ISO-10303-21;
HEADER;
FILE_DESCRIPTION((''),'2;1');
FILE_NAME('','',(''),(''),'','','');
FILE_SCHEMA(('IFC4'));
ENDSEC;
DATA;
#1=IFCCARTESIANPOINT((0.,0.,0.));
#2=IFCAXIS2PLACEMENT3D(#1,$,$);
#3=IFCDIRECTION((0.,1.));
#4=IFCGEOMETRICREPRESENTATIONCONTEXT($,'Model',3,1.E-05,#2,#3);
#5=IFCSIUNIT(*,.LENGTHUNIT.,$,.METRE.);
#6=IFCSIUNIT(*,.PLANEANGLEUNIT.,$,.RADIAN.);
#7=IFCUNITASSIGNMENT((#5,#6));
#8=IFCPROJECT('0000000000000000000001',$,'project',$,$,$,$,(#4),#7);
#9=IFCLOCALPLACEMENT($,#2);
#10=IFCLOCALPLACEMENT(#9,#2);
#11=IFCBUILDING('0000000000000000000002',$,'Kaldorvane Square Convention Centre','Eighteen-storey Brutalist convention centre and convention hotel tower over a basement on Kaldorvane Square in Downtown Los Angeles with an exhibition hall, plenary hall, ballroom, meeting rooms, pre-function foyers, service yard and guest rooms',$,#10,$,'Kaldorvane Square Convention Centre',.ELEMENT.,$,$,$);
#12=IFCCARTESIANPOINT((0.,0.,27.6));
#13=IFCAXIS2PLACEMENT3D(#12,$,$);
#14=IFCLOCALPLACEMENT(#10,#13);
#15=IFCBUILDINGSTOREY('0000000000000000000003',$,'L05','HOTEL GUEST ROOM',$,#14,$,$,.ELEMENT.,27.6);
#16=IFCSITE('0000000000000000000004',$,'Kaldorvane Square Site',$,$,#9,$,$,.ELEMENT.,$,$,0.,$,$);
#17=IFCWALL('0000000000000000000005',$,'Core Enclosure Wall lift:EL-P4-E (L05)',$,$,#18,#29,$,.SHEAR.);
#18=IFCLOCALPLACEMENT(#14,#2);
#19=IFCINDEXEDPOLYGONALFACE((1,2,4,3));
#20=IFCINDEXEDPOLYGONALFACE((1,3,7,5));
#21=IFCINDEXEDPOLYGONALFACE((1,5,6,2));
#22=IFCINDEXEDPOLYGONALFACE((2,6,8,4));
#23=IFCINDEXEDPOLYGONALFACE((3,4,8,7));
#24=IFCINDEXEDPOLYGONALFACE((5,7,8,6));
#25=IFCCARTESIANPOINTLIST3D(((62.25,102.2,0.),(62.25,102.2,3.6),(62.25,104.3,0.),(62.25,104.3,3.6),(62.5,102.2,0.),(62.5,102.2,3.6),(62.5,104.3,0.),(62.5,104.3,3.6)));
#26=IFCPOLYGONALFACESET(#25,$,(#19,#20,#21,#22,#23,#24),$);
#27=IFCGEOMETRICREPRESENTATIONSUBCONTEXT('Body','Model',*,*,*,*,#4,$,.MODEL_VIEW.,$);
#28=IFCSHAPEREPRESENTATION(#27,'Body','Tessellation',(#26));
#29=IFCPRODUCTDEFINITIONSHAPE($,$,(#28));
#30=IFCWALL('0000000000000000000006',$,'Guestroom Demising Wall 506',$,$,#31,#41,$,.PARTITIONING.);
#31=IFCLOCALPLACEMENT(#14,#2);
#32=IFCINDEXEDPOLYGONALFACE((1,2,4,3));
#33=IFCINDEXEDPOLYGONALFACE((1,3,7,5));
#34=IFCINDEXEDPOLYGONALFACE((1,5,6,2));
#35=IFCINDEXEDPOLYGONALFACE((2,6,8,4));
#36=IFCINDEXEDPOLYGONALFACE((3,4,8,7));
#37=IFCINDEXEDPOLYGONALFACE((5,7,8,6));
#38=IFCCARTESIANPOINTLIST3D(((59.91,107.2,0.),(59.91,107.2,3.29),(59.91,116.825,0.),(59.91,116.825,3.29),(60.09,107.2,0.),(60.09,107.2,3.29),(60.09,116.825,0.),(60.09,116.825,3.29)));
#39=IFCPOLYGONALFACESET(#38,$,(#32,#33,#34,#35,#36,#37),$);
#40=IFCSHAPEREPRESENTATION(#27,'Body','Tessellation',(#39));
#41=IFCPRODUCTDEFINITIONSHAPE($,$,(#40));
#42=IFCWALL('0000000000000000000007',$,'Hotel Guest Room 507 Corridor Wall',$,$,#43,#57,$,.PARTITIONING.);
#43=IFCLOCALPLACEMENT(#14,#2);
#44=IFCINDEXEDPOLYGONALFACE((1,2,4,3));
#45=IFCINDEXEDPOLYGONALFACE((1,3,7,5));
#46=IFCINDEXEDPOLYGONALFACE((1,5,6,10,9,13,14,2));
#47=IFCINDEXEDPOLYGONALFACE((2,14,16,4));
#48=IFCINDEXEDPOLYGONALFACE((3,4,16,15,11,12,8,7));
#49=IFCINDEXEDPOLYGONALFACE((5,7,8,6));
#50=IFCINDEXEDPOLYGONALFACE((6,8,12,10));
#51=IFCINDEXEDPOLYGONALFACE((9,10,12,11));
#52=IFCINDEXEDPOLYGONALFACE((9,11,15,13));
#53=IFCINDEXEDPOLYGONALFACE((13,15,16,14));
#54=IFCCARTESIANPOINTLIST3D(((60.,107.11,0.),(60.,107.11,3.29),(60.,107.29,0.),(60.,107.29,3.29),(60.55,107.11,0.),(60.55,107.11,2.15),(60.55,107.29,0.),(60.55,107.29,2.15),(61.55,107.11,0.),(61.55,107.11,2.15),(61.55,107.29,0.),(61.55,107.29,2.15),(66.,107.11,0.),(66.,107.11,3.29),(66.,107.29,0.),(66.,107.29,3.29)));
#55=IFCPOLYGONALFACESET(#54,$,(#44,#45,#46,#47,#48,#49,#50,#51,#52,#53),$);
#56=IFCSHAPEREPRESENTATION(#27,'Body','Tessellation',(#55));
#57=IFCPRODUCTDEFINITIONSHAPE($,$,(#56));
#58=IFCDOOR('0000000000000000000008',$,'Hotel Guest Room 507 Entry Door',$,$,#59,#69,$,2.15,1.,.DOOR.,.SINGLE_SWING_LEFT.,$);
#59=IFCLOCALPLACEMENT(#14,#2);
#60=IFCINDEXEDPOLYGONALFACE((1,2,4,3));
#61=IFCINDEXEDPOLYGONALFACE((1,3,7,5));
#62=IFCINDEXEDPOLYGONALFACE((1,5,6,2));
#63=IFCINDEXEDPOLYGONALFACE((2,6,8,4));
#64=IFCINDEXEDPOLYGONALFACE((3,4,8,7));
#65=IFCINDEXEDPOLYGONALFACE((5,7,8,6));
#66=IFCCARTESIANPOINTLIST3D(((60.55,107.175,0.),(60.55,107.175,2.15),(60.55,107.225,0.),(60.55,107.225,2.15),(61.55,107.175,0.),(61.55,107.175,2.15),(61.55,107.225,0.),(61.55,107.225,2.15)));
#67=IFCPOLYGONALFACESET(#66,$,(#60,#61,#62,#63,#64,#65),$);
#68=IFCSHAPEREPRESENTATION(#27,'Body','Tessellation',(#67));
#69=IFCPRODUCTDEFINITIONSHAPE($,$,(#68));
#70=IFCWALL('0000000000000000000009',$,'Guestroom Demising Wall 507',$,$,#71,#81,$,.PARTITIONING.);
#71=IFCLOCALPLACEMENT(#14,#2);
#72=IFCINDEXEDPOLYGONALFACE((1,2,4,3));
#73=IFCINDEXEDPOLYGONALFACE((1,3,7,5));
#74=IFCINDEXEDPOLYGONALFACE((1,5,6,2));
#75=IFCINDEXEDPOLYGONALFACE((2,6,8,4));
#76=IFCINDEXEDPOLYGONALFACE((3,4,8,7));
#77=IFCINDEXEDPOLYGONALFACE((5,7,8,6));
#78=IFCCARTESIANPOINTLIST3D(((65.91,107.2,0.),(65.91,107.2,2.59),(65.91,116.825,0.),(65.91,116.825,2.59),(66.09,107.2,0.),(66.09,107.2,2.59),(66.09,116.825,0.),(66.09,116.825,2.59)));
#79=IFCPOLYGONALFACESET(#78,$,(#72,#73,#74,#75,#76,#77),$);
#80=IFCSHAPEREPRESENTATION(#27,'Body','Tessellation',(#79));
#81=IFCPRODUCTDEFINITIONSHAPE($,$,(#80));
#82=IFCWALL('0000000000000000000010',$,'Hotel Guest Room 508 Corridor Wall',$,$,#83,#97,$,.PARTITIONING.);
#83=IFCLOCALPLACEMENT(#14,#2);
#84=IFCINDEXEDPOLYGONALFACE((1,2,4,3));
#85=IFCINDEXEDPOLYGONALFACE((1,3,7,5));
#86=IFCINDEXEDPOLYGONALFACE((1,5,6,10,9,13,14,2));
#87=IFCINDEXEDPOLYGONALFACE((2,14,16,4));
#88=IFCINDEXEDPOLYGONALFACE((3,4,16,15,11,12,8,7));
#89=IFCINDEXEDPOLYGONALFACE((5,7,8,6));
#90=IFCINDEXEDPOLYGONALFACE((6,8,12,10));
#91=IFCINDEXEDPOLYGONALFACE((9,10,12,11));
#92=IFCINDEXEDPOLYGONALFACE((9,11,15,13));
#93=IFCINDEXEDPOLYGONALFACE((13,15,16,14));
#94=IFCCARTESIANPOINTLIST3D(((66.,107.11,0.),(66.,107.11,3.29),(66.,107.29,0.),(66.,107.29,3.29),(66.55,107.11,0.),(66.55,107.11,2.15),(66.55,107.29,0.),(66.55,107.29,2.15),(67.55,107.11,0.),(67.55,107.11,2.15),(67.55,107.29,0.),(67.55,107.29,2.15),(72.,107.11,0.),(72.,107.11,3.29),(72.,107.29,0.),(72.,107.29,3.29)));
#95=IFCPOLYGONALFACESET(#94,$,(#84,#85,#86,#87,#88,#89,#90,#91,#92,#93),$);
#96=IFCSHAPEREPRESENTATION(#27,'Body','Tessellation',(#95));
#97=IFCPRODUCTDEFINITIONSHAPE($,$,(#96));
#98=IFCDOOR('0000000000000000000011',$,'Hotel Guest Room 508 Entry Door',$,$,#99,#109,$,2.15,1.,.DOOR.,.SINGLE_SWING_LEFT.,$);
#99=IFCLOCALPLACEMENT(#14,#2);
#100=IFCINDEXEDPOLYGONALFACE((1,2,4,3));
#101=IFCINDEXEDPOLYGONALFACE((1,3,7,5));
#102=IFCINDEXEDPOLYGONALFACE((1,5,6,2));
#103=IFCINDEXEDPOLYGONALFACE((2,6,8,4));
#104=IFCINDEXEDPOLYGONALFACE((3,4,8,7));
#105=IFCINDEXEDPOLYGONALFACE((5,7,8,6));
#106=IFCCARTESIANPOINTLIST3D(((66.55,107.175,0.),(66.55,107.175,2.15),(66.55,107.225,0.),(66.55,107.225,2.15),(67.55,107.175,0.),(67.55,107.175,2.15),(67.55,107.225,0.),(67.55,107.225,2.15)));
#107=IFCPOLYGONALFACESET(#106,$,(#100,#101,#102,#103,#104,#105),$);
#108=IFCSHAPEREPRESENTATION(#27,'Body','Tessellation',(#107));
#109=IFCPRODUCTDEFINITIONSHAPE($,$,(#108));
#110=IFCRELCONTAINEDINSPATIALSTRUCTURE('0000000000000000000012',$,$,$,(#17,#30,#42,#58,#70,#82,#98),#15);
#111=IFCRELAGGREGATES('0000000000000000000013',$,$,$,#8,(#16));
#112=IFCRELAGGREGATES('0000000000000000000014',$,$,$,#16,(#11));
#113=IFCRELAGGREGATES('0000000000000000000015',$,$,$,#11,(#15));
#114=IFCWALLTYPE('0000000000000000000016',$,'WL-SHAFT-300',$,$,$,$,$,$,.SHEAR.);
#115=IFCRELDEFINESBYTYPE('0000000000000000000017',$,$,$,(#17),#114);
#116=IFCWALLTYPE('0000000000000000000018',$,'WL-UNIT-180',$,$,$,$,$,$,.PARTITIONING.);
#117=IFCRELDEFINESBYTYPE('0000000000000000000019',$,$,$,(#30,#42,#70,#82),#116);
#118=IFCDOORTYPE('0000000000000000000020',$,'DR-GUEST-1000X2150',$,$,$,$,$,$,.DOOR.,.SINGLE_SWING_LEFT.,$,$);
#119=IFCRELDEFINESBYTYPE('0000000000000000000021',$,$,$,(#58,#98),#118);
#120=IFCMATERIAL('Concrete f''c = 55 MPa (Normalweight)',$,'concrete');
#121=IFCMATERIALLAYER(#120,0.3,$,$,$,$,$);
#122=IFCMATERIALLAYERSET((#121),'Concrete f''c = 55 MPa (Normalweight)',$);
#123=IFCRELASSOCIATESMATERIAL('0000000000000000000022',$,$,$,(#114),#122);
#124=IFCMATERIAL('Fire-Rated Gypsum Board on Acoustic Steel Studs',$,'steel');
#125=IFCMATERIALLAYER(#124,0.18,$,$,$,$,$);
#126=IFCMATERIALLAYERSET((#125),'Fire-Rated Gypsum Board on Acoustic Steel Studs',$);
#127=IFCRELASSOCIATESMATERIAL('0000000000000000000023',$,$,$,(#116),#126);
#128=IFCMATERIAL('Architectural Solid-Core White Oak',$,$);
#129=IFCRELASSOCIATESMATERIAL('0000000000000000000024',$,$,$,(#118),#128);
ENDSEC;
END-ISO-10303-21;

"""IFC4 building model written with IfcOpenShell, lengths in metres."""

from ifc_helpers import new_model, si_unit, direction, frame, frame_2d, origin, place, context, subcontext, project, spatial, rectangle, extrude, material, layer, layer_set, type_object, element, fill, save


model = new_model("IFC4")

# Units and contexts
model_context = context("Model", 3, precision=1e-05, world=origin(), true_north=direction((0.0, 1.0)))
body_context = subcontext(model_context, "Body", "Model", "MODEL_VIEW")
ifc_project = project(units=[si_unit("LENGTHUNIT", "METRE"), si_unit("PLANEANGLEUNIT", "RADIAN")], contexts=[model_context])

# Site, building, storey
site_placement = place(None, origin())
site = spatial("IfcSite", under=ifc_project, at=site_placement, Name="Kaldorvane Square Site", CompositionType="ELEMENT", RefElevation=0.0)
building_placement = place(site_placement, origin())
building = spatial("IfcBuilding", under=site, at=building_placement, Name="Kaldorvane Square Convention Centre", Description="Eighteen-storey Brutalist convention centre and convention hotel tower over a basement on Kaldorvane Square in Downtown Los Angeles with an exhibition hall, plenary hall, ballroom, meeting rooms, pre-function foyers, service yard and guest rooms", LongName="Kaldorvane Square Convention Centre", CompositionType="ELEMENT")
storey_placement = place(building_placement, frame((0.0, 0.0, 27.6)))
storey = spatial("IfcBuildingStorey", under=building, at=storey_placement, Name="L05", Description="HOTEL GUEST ROOM", CompositionType="ELEMENT", Elevation=27.6)

# Shared definitions
ifc_material_1 = material(Name="Concrete f'c = 55 MPa (Normalweight)", Category="concrete")

# Shared definitions
ifc_material_2 = material(Name="Fire-Rated Gypsum Board on Acoustic Steel Studs", Category="steel")
ifc_material_3 = material(Name="Architectural Solid-Core White Oak")

# Walls
ifc_layer_1 = layer(ifc_material_1, 0.3)
ifc_layer_set_1 = layer_set([ifc_layer_1], Name="Concrete f'c = 55 MPa (Normalweight)")
wall_type_1 = type_object("IfcWallType", Name="WL-SHAFT-300", PredefinedType="SHEAR", material=ifc_layer_set_1)
for number, where, z_axis, x_axis, name in (
    (1, (62.375, 102.2, 0.0), (0.0, 0.0, 1.0), (0.0, 1.0, 0.0), "Core Enclosure Wall lift:EL-P4-E (L05)"),
):
    element("IfcWall", number, at=place(storey_placement, frame(where, z_axis=z_axis, x_axis=x_axis)), inside=storey, type_object=wall_type_1, Name=name, PredefinedType="SHEAR", context=body_context, shape_type="SweptSolid", body=[
        extrude(rectangle(XDim=2.1, YDim=0.25, at=frame_2d((1.05, 0.0))), origin(), (0.0, 0.0, 1.0), 3.6),
    ])
ifc_layer_2 = layer(ifc_material_2, 0.18)
ifc_layer_set_2 = layer_set([ifc_layer_2], Name="Fire-Rated Gypsum Board on Acoustic Steel Studs")
wall_type_2 = type_object("IfcWallType", Name="WL-UNIT-180", PredefinedType="PARTITIONING", material=ifc_layer_set_2)
wall_1_placement = place(storey_placement, frame((60.0, 107.2, 0.0), z_axis=(0.0, 0.0, 1.0), x_axis=(0.0, 1.0, 0.0)))
element("IfcWall", 2, at=wall_1_placement, inside=storey, type_object=wall_type_2, Name="Guestroom Demising Wall 506", PredefinedType="PARTITIONING", context=body_context, shape_type="SweptSolid", body=[
    extrude(rectangle(XDim=9.625, YDim=0.18, at=frame_2d((4.8125, 0.0))), origin(), (0.0, 0.0, 1.0), 3.29),
])

# Wall, opening, door
wall_2_placement = place(storey_placement, frame((60.0, 107.2, 0.0), z_axis=(0.0, 0.0, 1.0), x_axis=(1.0, 0.0, 0.0)))
wall_2 = element("IfcWall", 3, at=wall_2_placement, inside=storey, type_object=wall_type_2, Name="Hotel Guest Room 507 Corridor Wall", PredefinedType="PARTITIONING", context=body_context, shape_type="SweptSolid", body=[
    extrude(rectangle(XDim=6.0, YDim=0.18, at=frame_2d((3.0, 0.0))), origin(), (0.0, 0.0, 1.0), 3.29),
])
opening_1_placement = place(wall_2_placement, frame((0.55, 0.0, 0.0)))
opening_1 = element("IfcOpeningElement", 4, at=opening_1_placement, cuts=wall_2, PredefinedType="OPENING", context=body_context, shape_type="SweptSolid", body=[
    extrude(rectangle(XDim=1.0, YDim=2.15, at=frame_2d((0.5, 1.075))), frame((0.0, 0.105, 0.0), z_axis=(0.0, -1.0, 0.0), x_axis=(1.0, 0.0, 0.0)), (0.0, 0.0, 1.0), 0.21),
])
door_type_1 = type_object("IfcDoorType", Name="DR-GUEST-1000X2150", OperationType="SINGLE_SWING_LEFT", PredefinedType="DOOR", material=ifc_material_3)
door_1_placement = place(opening_1_placement, origin())
door_1 = element("IfcDoor", 5, at=door_1_placement, inside=storey, type_object=door_type_1, Name="Hotel Guest Room 507 Entry Door", OperationType="SINGLE_SWING_LEFT", OverallHeight=2.15, OverallWidth=1.0, PredefinedType="DOOR", context=body_context, shape_type="SweptSolid", body=[
    extrude(rectangle(XDim=1.0, YDim=2.15, at=frame_2d((0.5, 1.075))), frame((0.0, 0.025, 0.0), z_axis=(0.0, -1.0, 0.0), x_axis=(1.0, 0.0, 0.0)), (0.0, 0.0, 1.0), 0.05),
])
fill(opening_1, door_1)

# Wall
wall_3_placement = place(storey_placement, frame((66.0, 107.2, 0.0), z_axis=(0.0, 0.0, 1.0), x_axis=(0.0, 1.0, 0.0)))
element("IfcWall", 6, at=wall_3_placement, inside=storey, type_object=wall_type_2, Name="Guestroom Demising Wall 507", PredefinedType="PARTITIONING", context=body_context, shape_type="SweptSolid", body=[
    extrude(rectangle(XDim=9.625, YDim=0.18, at=frame_2d((4.8125, 0.0))), origin(), (0.0, 0.0, 1.0), 2.59),
])

# Wall, opening, door
wall_4_placement = place(storey_placement, frame((66.0, 107.2, 0.0), z_axis=(0.0, 0.0, 1.0), x_axis=(1.0, 0.0, 0.0)))
wall_4 = element("IfcWall", 7, at=wall_4_placement, inside=storey, type_object=wall_type_2, Name="Hotel Guest Room 508 Corridor Wall", PredefinedType="PARTITIONING", context=body_context, shape_type="SweptSolid", body=[
    extrude(rectangle(XDim=6.0, YDim=0.18, at=frame_2d((3.0, 0.0))), origin(), (0.0, 0.0, 1.0), 3.29),
])
opening_2_placement = place(wall_4_placement, frame((0.55, 0.0, 0.0)))
opening_2 = element("IfcOpeningElement", 8, at=opening_2_placement, cuts=wall_4, PredefinedType="OPENING", context=body_context, shape_type="SweptSolid", body=[
    extrude(rectangle(XDim=1.0, YDim=2.15, at=frame_2d((0.5, 1.075))), frame((0.0, 0.105, 0.0), z_axis=(0.0, -1.0, 0.0), x_axis=(1.0, 0.0, 0.0)), (0.0, 0.0, 1.0), 0.21),
])
door_2_placement = place(opening_2_placement, origin())
door_2 = element("IfcDoor", 9, at=door_2_placement, inside=storey, type_object=door_type_1, Name="Hotel Guest Room 508 Entry Door", OperationType="SINGLE_SWING_LEFT", OverallHeight=2.15, OverallWidth=1.0, PredefinedType="DOOR", context=body_context, shape_type="SweptSolid", body=[
    extrude(rectangle(XDim=1.0, YDim=2.15, at=frame_2d((0.5, 1.075))), frame((0.0, 0.025, 0.0), z_axis=(0.0, -1.0, 0.0), x_axis=(1.0, 0.0, 0.0)), (0.0, 0.0, 1.0), 0.05),
])
fill(opening_2, door_2)

save(model, "model.ifc")
